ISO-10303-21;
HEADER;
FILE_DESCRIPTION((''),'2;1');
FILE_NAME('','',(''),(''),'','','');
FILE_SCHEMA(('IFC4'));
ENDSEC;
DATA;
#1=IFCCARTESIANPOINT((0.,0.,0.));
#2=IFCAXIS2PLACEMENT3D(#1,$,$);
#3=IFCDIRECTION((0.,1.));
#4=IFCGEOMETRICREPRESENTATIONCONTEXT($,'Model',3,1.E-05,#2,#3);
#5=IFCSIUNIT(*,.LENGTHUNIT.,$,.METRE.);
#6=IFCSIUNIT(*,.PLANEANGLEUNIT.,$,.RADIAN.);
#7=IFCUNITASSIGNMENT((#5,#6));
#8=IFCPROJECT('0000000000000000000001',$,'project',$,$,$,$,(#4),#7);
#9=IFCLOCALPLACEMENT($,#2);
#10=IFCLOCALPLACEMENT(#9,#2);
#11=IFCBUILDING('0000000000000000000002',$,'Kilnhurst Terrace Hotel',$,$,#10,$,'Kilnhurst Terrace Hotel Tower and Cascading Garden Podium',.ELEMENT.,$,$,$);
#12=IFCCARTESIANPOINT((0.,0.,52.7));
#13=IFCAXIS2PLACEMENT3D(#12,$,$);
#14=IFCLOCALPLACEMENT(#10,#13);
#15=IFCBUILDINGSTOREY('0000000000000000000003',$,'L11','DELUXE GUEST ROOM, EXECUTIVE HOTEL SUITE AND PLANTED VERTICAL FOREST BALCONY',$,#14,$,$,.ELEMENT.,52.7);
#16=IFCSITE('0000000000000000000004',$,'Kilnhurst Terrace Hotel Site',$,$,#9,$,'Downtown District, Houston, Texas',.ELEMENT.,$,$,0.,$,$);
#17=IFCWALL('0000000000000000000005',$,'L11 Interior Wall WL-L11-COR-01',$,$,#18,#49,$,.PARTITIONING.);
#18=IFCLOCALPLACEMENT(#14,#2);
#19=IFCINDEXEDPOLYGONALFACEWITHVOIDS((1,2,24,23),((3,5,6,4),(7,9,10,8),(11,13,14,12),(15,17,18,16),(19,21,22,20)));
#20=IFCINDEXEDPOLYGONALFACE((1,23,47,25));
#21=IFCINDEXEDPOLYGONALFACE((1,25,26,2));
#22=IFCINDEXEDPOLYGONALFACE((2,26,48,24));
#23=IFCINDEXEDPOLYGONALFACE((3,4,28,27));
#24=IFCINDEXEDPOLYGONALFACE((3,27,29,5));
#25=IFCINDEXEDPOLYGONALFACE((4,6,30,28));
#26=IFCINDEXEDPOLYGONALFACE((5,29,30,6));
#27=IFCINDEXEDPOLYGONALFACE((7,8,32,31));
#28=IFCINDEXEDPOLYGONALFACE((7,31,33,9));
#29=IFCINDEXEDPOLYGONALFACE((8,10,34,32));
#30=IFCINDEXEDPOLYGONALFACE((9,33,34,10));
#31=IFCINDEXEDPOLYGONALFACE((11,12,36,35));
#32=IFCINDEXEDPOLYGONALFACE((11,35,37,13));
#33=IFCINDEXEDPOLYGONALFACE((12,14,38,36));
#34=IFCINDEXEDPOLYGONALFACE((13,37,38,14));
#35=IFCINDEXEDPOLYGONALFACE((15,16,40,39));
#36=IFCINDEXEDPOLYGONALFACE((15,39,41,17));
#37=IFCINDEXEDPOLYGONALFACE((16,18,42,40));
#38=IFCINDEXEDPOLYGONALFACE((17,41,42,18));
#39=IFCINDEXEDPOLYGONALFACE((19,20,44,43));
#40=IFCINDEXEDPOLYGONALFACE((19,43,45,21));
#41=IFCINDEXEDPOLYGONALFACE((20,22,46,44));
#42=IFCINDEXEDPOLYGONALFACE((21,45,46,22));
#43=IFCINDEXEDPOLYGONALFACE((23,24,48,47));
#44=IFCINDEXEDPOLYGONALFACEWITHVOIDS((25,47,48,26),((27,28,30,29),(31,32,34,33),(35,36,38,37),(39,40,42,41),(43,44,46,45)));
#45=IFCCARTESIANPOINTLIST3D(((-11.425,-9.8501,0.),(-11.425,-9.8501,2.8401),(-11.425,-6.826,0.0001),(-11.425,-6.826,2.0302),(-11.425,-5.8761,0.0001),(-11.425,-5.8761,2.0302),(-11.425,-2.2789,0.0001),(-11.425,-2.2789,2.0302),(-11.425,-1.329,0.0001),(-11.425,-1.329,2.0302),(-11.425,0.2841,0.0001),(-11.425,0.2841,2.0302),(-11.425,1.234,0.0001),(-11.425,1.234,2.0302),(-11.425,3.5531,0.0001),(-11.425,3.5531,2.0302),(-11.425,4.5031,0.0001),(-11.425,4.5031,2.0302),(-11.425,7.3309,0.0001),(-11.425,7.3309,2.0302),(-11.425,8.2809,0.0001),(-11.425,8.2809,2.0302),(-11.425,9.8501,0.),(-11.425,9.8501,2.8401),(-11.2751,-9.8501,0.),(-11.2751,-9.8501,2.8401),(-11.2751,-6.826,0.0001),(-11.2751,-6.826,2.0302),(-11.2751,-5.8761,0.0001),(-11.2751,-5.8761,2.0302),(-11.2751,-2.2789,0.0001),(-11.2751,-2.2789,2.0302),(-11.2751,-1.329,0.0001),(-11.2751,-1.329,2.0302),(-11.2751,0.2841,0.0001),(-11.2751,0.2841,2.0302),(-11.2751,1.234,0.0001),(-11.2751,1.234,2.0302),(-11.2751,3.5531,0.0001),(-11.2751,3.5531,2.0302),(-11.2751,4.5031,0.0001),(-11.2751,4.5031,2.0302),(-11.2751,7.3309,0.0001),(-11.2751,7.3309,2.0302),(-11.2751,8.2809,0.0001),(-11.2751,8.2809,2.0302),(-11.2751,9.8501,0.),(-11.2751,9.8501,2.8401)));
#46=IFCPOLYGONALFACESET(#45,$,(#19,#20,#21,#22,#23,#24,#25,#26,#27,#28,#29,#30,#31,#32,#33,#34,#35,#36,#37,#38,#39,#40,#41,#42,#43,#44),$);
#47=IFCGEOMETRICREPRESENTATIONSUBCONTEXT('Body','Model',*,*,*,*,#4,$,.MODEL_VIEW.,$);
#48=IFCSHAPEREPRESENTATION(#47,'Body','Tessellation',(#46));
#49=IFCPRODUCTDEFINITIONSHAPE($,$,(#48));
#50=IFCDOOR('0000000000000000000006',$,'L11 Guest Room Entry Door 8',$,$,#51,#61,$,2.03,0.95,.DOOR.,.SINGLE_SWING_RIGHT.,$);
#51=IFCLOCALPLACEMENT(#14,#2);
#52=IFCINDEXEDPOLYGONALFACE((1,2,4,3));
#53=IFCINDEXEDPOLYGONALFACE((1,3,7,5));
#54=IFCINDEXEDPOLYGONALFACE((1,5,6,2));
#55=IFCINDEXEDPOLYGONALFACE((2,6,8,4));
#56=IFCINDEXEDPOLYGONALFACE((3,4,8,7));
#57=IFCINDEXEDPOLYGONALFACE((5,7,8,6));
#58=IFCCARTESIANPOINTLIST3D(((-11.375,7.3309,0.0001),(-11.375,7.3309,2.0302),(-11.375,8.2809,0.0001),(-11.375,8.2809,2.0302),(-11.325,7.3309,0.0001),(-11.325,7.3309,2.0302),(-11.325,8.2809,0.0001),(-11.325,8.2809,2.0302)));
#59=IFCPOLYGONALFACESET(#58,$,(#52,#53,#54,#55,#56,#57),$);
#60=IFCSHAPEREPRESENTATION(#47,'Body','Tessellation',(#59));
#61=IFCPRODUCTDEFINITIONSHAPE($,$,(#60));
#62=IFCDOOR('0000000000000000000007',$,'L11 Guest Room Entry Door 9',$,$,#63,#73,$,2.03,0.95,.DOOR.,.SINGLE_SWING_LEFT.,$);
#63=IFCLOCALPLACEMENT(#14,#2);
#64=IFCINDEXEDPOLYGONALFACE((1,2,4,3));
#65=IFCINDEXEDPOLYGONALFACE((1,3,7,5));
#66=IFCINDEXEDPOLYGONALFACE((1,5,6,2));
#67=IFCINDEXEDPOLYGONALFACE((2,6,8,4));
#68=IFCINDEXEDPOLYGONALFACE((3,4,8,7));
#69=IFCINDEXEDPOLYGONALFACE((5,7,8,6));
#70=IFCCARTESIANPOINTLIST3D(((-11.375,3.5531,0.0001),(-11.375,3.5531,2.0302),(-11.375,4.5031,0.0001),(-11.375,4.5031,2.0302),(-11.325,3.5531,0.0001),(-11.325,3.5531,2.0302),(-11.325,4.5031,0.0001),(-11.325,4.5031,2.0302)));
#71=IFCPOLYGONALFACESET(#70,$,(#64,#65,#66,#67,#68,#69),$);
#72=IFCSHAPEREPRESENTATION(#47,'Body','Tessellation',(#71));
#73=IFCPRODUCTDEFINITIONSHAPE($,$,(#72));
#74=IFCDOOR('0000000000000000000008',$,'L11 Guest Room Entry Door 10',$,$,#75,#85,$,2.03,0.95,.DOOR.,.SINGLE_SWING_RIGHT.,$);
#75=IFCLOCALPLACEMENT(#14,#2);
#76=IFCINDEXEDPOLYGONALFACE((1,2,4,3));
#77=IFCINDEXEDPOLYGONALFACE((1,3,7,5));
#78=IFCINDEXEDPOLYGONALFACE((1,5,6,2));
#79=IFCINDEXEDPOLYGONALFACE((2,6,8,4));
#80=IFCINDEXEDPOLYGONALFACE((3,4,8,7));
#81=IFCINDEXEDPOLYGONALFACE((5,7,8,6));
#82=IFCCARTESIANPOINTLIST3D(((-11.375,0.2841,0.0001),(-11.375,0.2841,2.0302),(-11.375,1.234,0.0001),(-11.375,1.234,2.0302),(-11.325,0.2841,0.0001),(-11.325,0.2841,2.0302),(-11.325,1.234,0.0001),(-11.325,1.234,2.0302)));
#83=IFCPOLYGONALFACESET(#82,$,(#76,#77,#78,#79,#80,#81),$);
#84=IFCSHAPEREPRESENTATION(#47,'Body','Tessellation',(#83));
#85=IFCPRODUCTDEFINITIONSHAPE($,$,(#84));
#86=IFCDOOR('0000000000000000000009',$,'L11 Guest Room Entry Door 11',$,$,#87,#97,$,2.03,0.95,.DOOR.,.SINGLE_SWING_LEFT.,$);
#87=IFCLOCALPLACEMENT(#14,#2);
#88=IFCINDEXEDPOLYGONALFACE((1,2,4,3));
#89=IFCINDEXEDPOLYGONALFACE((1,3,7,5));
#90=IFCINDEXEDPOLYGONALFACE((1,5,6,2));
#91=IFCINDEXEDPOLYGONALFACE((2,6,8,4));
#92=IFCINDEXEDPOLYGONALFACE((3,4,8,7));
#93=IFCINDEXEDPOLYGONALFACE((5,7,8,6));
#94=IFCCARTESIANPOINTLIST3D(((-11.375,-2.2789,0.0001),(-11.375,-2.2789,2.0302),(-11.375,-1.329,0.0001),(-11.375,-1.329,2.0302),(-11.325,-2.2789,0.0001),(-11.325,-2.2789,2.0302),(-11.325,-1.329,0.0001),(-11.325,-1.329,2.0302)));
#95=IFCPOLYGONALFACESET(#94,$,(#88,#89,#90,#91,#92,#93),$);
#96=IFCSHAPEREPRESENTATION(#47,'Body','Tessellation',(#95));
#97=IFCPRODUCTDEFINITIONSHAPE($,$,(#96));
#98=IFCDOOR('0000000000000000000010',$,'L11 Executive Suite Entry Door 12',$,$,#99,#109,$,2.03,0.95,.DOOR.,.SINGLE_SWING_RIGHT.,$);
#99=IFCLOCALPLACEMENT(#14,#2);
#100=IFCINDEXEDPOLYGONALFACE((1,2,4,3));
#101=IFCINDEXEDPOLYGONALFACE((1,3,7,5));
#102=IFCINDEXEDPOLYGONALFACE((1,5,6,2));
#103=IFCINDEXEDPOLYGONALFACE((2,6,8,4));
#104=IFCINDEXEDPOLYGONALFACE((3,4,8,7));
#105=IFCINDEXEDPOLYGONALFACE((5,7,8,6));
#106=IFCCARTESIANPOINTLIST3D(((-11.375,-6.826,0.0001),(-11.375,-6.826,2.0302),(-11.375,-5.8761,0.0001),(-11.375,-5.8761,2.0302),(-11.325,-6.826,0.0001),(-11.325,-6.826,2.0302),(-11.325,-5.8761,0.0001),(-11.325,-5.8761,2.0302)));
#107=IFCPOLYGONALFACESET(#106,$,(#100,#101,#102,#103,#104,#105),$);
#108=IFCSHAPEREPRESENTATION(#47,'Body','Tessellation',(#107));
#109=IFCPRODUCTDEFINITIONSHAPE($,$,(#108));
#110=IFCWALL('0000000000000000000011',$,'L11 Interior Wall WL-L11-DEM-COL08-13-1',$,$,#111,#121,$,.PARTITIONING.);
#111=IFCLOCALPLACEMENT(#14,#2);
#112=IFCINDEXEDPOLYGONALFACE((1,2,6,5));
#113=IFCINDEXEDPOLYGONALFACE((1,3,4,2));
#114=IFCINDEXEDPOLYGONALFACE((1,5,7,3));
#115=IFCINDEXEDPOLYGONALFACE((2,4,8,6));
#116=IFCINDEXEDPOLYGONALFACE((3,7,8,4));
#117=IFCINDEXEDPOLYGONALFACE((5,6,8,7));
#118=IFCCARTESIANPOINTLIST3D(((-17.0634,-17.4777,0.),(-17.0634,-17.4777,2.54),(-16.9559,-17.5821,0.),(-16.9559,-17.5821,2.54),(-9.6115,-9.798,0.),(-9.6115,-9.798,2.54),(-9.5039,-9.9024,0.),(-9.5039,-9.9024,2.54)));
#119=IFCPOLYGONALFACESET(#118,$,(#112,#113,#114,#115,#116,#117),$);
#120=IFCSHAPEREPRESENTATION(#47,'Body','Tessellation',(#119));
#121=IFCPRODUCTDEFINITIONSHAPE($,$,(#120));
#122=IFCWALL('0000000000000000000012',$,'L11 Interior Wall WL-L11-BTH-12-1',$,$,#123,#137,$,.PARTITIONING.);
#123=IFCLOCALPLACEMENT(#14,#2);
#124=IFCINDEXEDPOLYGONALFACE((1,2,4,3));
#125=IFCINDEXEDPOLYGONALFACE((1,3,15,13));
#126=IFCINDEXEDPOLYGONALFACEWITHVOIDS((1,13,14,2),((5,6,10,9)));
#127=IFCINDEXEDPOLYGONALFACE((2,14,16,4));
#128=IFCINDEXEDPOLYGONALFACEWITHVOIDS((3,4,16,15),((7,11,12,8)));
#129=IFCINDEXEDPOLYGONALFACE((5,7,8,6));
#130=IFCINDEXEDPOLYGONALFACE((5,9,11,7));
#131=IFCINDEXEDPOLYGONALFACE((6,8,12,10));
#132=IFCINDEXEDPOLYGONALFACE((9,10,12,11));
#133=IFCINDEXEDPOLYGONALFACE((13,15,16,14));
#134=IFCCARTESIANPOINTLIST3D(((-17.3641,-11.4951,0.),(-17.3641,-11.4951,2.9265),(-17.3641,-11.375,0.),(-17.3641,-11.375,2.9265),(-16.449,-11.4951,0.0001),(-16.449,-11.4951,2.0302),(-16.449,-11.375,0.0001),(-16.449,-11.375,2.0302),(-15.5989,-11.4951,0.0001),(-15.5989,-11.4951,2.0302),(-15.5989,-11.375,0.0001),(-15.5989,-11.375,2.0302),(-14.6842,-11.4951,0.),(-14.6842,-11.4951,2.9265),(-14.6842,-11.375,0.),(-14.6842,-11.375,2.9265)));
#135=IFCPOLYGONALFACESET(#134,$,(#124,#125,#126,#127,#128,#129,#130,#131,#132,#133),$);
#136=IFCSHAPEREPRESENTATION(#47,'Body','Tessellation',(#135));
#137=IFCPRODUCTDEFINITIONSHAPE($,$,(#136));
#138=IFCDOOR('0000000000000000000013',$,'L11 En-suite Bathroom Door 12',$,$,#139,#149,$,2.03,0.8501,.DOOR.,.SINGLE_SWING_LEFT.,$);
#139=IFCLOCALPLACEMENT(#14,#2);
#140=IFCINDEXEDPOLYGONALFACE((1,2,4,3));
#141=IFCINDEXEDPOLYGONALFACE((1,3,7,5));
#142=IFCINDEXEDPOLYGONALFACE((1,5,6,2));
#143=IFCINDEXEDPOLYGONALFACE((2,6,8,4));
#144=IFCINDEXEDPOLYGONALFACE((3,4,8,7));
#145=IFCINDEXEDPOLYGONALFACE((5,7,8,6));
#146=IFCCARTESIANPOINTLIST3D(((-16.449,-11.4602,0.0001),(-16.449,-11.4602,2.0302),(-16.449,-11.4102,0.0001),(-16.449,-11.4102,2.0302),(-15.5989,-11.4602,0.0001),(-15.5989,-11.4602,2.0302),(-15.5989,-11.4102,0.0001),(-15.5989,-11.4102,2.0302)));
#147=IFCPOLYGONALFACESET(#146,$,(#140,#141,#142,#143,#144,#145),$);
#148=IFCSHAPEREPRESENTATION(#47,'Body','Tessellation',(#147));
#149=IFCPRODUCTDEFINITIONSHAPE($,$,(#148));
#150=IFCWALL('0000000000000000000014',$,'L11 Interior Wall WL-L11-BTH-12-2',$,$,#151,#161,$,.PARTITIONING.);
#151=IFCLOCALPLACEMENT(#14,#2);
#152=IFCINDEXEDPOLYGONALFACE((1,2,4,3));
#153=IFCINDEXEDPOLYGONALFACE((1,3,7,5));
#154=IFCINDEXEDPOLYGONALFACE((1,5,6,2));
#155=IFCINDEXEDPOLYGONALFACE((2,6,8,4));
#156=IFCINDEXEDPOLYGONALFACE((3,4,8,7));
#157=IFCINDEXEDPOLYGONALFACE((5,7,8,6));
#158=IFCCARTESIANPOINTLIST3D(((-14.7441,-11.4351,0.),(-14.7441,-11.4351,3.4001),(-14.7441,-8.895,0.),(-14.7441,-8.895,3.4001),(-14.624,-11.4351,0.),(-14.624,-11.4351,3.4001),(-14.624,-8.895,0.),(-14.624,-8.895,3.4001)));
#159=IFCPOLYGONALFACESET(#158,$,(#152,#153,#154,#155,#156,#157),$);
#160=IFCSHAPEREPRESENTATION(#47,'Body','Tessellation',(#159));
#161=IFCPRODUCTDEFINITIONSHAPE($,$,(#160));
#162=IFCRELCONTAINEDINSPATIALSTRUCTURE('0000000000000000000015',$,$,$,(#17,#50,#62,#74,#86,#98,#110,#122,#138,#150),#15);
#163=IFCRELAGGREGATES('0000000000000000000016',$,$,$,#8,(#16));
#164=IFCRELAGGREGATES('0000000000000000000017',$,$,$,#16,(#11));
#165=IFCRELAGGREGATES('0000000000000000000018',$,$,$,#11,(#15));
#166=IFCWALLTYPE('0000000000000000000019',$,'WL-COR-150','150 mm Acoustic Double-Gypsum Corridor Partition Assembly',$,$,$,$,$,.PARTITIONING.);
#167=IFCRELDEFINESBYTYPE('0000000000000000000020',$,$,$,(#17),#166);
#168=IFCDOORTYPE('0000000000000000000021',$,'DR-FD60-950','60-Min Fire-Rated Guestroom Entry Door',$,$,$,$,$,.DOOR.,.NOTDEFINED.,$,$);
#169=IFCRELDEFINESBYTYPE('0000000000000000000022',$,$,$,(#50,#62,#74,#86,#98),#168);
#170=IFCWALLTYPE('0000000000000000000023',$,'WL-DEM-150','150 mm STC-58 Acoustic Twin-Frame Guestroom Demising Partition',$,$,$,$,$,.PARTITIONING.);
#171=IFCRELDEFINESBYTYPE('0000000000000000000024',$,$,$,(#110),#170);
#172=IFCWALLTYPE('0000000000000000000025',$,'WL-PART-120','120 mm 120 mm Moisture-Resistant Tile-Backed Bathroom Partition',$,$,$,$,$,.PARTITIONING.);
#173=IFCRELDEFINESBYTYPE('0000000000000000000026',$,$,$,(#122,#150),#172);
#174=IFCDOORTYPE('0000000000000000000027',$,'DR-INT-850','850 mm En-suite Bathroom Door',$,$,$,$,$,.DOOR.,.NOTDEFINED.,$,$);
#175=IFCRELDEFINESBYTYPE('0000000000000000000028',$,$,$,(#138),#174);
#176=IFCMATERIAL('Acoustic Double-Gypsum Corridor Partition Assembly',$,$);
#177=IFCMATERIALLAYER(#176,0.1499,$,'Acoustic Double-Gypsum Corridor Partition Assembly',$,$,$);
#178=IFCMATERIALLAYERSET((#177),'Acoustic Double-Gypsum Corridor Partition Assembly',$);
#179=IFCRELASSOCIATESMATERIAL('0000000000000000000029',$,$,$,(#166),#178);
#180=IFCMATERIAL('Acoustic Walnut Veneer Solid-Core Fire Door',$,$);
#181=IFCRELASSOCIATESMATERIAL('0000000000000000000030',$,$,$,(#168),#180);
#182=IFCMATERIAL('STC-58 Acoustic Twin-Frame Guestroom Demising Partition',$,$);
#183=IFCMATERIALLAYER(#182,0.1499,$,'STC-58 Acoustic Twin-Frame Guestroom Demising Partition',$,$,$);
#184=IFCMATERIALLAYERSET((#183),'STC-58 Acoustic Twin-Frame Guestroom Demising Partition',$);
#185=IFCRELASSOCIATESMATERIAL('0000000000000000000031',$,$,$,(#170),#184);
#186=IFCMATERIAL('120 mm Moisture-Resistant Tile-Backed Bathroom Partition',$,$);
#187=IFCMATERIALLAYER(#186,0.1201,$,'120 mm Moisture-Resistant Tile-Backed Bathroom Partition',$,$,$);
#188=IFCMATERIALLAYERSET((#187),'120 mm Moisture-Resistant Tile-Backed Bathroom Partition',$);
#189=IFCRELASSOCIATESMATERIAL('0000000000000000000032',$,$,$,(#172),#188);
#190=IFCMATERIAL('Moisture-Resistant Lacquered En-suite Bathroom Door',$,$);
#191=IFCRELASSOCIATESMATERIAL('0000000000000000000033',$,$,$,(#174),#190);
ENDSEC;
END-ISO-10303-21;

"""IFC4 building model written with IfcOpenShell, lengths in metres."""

from ifc_helpers import new_model, si_unit, direction, frame, frame_2d, origin, place, context, subcontext, project, spatial, rectangle, extrude, material, layer, layer_set, type_object, element, fill, save


model = new_model("IFC4")

# Units and contexts
model_context = context("Model", 3, precision=1e-05, world=origin(), true_north=direction((0.0, 1.0)))
body_context = subcontext(model_context, "Body", "Model", "MODEL_VIEW")
ifc_project = project(units=[si_unit("LENGTHUNIT", "METRE"), si_unit("PLANEANGLEUNIT", "RADIAN")], contexts=[model_context])

# Site, building, storey
site_placement = place(None, origin())
site = spatial("IfcSite", under=ifc_project, at=site_placement, Name="Kilnhurst Terrace Hotel Site", LongName="Downtown District, Houston, Texas", CompositionType="ELEMENT", RefElevation=0.0)
building_placement = place(site_placement, origin())
building = spatial("IfcBuilding", under=site, at=building_placement, Name="Kilnhurst Terrace Hotel", LongName="Kilnhurst Terrace Hotel Tower and Cascading Garden Podium", CompositionType="ELEMENT")
storey_placement = place(building_placement, frame((0.0, 0.0, 52.7)))
storey = spatial("IfcBuildingStorey", under=building, at=storey_placement, Name="L11", Description="DELUXE GUEST ROOM, EXECUTIVE HOTEL SUITE AND PLANTED VERTICAL FOREST BALCONY", CompositionType="ELEMENT", Elevation=52.7)

# Wall, openings, doors
ifc_material_1 = material(Name="Acoustic Double-Gypsum Corridor Partition Assembly")
ifc_layer_1 = layer(ifc_material_1, 0.1499, Name="Acoustic Double-Gypsum Corridor Partition Assembly")
ifc_layer_set_1 = layer_set([ifc_layer_1], Name="Acoustic Double-Gypsum Corridor Partition Assembly")
wall_type_1 = type_object("IfcWallType", Name="WL-COR-150", Description="150 mm Acoustic Double-Gypsum Corridor Partition Assembly", PredefinedType="PARTITIONING", material=ifc_layer_set_1)
wall_1_placement = place(storey_placement, frame((-11.3501, -9.8501, 0.0), z_axis=(0.0, 0.0, 1.0), x_axis=(0.0, 1.0, 0.0)))
wall_1 = element("IfcWall", 1, at=wall_1_placement, inside=storey, type_object=wall_type_1, Name="L11 Interior Wall WL-L11-COR-01", PredefinedType="PARTITIONING", context=body_context, shape_type="SweptSolid", body=[
    extrude(rectangle(XDim=19.7002, YDim=0.1499, at=frame_2d((9.8501, 0.0))), origin(), (0.0, 0.0, 1.0), 2.8401),
])
opening_1_placement = place(wall_1_placement, frame((17.1809, 0.0, 0.0)))
opening_1 = element("IfcOpeningElement", 2, at=opening_1_placement, cuts=wall_1, PredefinedType="OPENING", context=body_context, shape_type="SweptSolid", body=[
    extrude(rectangle(XDim=0.95, YDim=2.03, at=frame_2d((0.4751, 1.0151))), frame((0.0, 0.085, 0.0), z_axis=(0.0, -1.0, 0.0), x_axis=(1.0, 0.0, 0.0)), (0.0, 0.0, 1.0), 0.1699),
])
opening_2_placement = place(wall_1_placement, frame((13.4031, 0.0, 0.0)))
opening_2 = element("IfcOpeningElement", 3, at=opening_2_placement, cuts=wall_1, PredefinedType="OPENING", context=body_context, shape_type="SweptSolid", body=[
    extrude(rectangle(XDim=0.95, YDim=2.03, at=frame_2d((0.4751, 1.0151))), frame((0.0, 0.085, 0.0), z_axis=(0.0, -1.0, 0.0), x_axis=(1.0, 0.0, 0.0)), (0.0, 0.0, 1.0), 0.1699),
])
opening_3_placement = place(wall_1_placement, frame((10.134, 0.0, 0.0)))
opening_3 = element("IfcOpeningElement", 4, at=opening_3_placement, cuts=wall_1, PredefinedType="OPENING", context=body_context, shape_type="SweptSolid", body=[
    extrude(rectangle(XDim=0.95, YDim=2.03, at=frame_2d((0.4751, 1.0151))), frame((0.0, 0.085, 0.0), z_axis=(0.0, -1.0, 0.0), x_axis=(1.0, 0.0, 0.0)), (0.0, 0.0, 1.0), 0.1699),
])
opening_4_placement = place(wall_1_placement, frame((7.571, 0.0, 0.0)))
opening_4 = element("IfcOpeningElement", 5, at=opening_4_placement, cuts=wall_1, PredefinedType="OPENING", context=body_context, shape_type="SweptSolid", body=[
    extrude(rectangle(XDim=0.95, YDim=2.03, at=frame_2d((0.4751, 1.0151))), frame((0.0, 0.085, 0.0), z_axis=(0.0, -1.0, 0.0), x_axis=(1.0, 0.0, 0.0)), (0.0, 0.0, 1.0), 0.1699),
])
opening_5_placement = place(wall_1_placement, frame((3.0239, 0.0, 0.0)))
opening_5 = element("IfcOpeningElement", 6, at=opening_5_placement, cuts=wall_1, PredefinedType="OPENING", context=body_context, shape_type="SweptSolid", body=[
    extrude(rectangle(XDim=0.95, YDim=2.03, at=frame_2d((0.4751, 1.0151))), frame((0.0, 0.085, 0.0), z_axis=(0.0, -1.0, 0.0), x_axis=(1.0, 0.0, 0.0)), (0.0, 0.0, 1.0), 0.1699),
])
ifc_material_2 = material(Name="Acoustic Walnut Veneer Solid-Core Fire Door")
door_type_1 = type_object("IfcDoorType", Name="DR-FD60-950", Description="60-Min Fire-Rated Guestroom Entry Door", OperationType="NOTDEFINED", PredefinedType="DOOR", material=ifc_material_2)
door_1_placement = place(opening_1_placement, origin())
door_1 = element("IfcDoor", 7, at=door_1_placement, inside=storey, type_object=door_type_1, Name="L11 Guest Room Entry Door 8", OperationType="SINGLE_SWING_RIGHT", OverallHeight=2.03, OverallWidth=0.95, PredefinedType="DOOR", context=body_context, shape_type="SweptSolid", body=[
    extrude(rectangle(XDim=0.95, YDim=2.03, at=frame_2d((0.4751, 1.0151))), frame((0.0, 0.0249, 0.0), z_axis=(0.0, -1.0, 0.0), x_axis=(1.0, 0.0, 0.0)), (0.0, 0.0, 1.0), 0.05),
])
fill(opening_1, door_1)
door_2_placement = place(opening_2_placement, origin())
door_2 = element("IfcDoor", 8, at=door_2_placement, inside=storey, type_object=door_type_1, Name="L11 Guest Room Entry Door 9", OperationType="SINGLE_SWING_LEFT", OverallHeight=2.03, OverallWidth=0.95, PredefinedType="DOOR", context=body_context, shape_type="SweptSolid", body=[
    extrude(rectangle(XDim=0.95, YDim=2.03, at=frame_2d((0.4751, 1.0151))), frame((0.0, 0.0249, 0.0), z_axis=(0.0, -1.0, 0.0), x_axis=(1.0, 0.0, 0.0)), (0.0, 0.0, 1.0), 0.05),
])
fill(opening_2, door_2)
door_3_placement = place(opening_3_placement, origin())
door_3 = element("IfcDoor", 9, at=door_3_placement, inside=storey, type_object=door_type_1, Name="L11 Guest Room Entry Door 10", OperationType="SINGLE_SWING_RIGHT", OverallHeight=2.03, OverallWidth=0.95, PredefinedType="DOOR", context=body_context, shape_type="SweptSolid", body=[
    extrude(rectangle(XDim=0.95, YDim=2.03, at=frame_2d((0.4751, 1.0151))), frame((0.0, 0.0249, 0.0), z_axis=(0.0, -1.0, 0.0), x_axis=(1.0, 0.0, 0.0)), (0.0, 0.0, 1.0), 0.05),
])
fill(opening_3, door_3)
door_4_placement = place(opening_4_placement, origin())
door_4 = element("IfcDoor", 10, at=door_4_placement, inside=storey, type_object=door_type_1, Name="L11 Guest Room Entry Door 11", OperationType="SINGLE_SWING_LEFT", OverallHeight=2.03, OverallWidth=0.95, PredefinedType="DOOR", context=body_context, shape_type="SweptSolid", body=[
    extrude(rectangle(XDim=0.95, YDim=2.03, at=frame_2d((0.4751, 1.0151))), frame((0.0, 0.0249, 0.0), z_axis=(0.0, -1.0, 0.0), x_axis=(1.0, 0.0, 0.0)), (0.0, 0.0, 1.0), 0.05),
])
fill(opening_4, door_4)
door_5_placement = place(opening_5_placement, origin())
door_5 = element("IfcDoor", 11, at=door_5_placement, inside=storey, type_object=door_type_1, Name="L11 Executive Suite Entry Door 12", OperationType="SINGLE_SWING_RIGHT", OverallHeight=2.03, OverallWidth=0.95, PredefinedType="DOOR", context=body_context, shape_type="SweptSolid", body=[
    extrude(rectangle(XDim=0.95, YDim=2.03, at=frame_2d((0.4751, 1.0151))), frame((0.0, 0.0249, 0.0), z_axis=(0.0, -1.0, 0.0), x_axis=(1.0, 0.0, 0.0)), (0.0, 0.0, 1.0), 0.05),
])
fill(opening_5, door_5)

# Wall
ifc_material_3 = material(Name="STC-58 Acoustic Twin-Frame Guestroom Demising Partition")
ifc_layer_2 = layer(ifc_material_3, 0.1499, Name="STC-58 Acoustic Twin-Frame Guestroom Demising Partition")
ifc_layer_set_2 = layer_set([ifc_layer_2], Name="STC-58 Acoustic Twin-Frame Guestroom Demising Partition")
wall_type_2 = type_object("IfcWallType", Name="WL-DEM-150", Description="150 mm STC-58 Acoustic Twin-Frame Guestroom Demising Partition", PredefinedType="PARTITIONING", material=ifc_layer_set_2)
wall_2_placement = place(storey_placement, frame((-9.5576, -9.8501, 0.0), z_axis=(0.0, 0.0, 1.0), x_axis=(-0.696383, -0.71767, 0.0)))
element("IfcWall", 12, at=wall_2_placement, inside=storey, type_object=wall_type_2, Name="L11 Interior Wall WL-L11-DEM-COL08-13-1", PredefinedType="PARTITIONING", context=body_context, shape_type="SweptSolid", body=[
    extrude(rectangle(XDim=10.7009, YDim=0.1499, at=frame_2d((5.3506, 0.0))), origin(), (0.0, 0.0, 1.0), 2.54),
])

# Wall, opening, door
ifc_material_4 = material(Name="120 mm Moisture-Resistant Tile-Backed Bathroom Partition")
ifc_layer_3 = layer(ifc_material_4, 0.1201, Name="120 mm Moisture-Resistant Tile-Backed Bathroom Partition")
ifc_layer_set_3 = layer_set([ifc_layer_3], Name="120 mm Moisture-Resistant Tile-Backed Bathroom Partition")
wall_type_3 = type_object("IfcWallType", Name="WL-PART-120", Description="120 mm 120 mm Moisture-Resistant Tile-Backed Bathroom Partition", PredefinedType="PARTITIONING", material=ifc_layer_set_3)
wall_3_placement = place(storey_placement, frame((-17.364, -11.4351, 0.0), z_axis=(0.0, 0.0, 1.0), x_axis=(1.0, 0.0, 0.0)))
wall_3 = element("IfcWall", 13, at=wall_3_placement, inside=storey, type_object=wall_type_3, Name="L11 Interior Wall WL-L11-BTH-12-1", PredefinedType="PARTITIONING", context=body_context, shape_type="SweptSolid", body=[
    extrude(rectangle(XDim=2.6799, YDim=0.1201, at=frame_2d((1.3398, 0.0))), origin(), (0.0, 0.0, 1.0), 2.9265),
])
opening_6_placement = place(wall_3_placement, frame((0.915, 0.0, 0.0)))
opening_6 = element("IfcOpeningElement", 14, at=opening_6_placement, cuts=wall_3, PredefinedType="OPENING", context=body_context, shape_type="SweptSolid", body=[
    extrude(rectangle(XDim=0.8501, YDim=2.03, at=frame_2d((0.425, 1.0151))), frame((0.0, 0.0701, 0.0), z_axis=(0.0, -1.0, 0.0), x_axis=(1.0, 0.0, 0.0)), (0.0, 0.0, 1.0), 0.1401),
])
ifc_material_5 = material(Name="Moisture-Resistant Lacquered En-suite Bathroom Door")
door_type_2 = type_object("IfcDoorType", Name="DR-INT-850", Description="850 mm En-suite Bathroom Door", OperationType="NOTDEFINED", PredefinedType="DOOR", material=ifc_material_5)
door_6_placement = place(opening_6_placement, origin())
door_6 = element("IfcDoor", 15, at=door_6_placement, inside=storey, type_object=door_type_2, Name="L11 En-suite Bathroom Door 12", OperationType="SINGLE_SWING_LEFT", OverallHeight=2.03, OverallWidth=0.8501, PredefinedType="DOOR", context=body_context, shape_type="SweptSolid", body=[
    extrude(rectangle(XDim=0.8501, YDim=2.03, at=frame_2d((0.425, 1.0151))), frame((0.0, 0.0249, 0.0), z_axis=(0.0, -1.0, 0.0), x_axis=(1.0, 0.0, 0.0)), (0.0, 0.0, 1.0), 0.05),
])
fill(opening_6, door_6)

# Wall
wall_4_placement = place(storey_placement, frame((-14.6841, -11.4351, 0.0), z_axis=(0.0, 0.0, 1.0), x_axis=(0.0, 1.0, 0.0)))
element("IfcWall", 16, at=wall_4_placement, inside=storey, type_object=wall_type_3, Name="L11 Interior Wall WL-L11-BTH-12-2", PredefinedType="PARTITIONING", context=body_context, shape_type="SweptSolid", body=[
    extrude(rectangle(XDim=2.54, YDim=0.1201, at=frame_2d((1.27, 0.0))), origin(), (0.0, 0.0, 1.0), 3.4001),
])

save(model, "model.ifc")
